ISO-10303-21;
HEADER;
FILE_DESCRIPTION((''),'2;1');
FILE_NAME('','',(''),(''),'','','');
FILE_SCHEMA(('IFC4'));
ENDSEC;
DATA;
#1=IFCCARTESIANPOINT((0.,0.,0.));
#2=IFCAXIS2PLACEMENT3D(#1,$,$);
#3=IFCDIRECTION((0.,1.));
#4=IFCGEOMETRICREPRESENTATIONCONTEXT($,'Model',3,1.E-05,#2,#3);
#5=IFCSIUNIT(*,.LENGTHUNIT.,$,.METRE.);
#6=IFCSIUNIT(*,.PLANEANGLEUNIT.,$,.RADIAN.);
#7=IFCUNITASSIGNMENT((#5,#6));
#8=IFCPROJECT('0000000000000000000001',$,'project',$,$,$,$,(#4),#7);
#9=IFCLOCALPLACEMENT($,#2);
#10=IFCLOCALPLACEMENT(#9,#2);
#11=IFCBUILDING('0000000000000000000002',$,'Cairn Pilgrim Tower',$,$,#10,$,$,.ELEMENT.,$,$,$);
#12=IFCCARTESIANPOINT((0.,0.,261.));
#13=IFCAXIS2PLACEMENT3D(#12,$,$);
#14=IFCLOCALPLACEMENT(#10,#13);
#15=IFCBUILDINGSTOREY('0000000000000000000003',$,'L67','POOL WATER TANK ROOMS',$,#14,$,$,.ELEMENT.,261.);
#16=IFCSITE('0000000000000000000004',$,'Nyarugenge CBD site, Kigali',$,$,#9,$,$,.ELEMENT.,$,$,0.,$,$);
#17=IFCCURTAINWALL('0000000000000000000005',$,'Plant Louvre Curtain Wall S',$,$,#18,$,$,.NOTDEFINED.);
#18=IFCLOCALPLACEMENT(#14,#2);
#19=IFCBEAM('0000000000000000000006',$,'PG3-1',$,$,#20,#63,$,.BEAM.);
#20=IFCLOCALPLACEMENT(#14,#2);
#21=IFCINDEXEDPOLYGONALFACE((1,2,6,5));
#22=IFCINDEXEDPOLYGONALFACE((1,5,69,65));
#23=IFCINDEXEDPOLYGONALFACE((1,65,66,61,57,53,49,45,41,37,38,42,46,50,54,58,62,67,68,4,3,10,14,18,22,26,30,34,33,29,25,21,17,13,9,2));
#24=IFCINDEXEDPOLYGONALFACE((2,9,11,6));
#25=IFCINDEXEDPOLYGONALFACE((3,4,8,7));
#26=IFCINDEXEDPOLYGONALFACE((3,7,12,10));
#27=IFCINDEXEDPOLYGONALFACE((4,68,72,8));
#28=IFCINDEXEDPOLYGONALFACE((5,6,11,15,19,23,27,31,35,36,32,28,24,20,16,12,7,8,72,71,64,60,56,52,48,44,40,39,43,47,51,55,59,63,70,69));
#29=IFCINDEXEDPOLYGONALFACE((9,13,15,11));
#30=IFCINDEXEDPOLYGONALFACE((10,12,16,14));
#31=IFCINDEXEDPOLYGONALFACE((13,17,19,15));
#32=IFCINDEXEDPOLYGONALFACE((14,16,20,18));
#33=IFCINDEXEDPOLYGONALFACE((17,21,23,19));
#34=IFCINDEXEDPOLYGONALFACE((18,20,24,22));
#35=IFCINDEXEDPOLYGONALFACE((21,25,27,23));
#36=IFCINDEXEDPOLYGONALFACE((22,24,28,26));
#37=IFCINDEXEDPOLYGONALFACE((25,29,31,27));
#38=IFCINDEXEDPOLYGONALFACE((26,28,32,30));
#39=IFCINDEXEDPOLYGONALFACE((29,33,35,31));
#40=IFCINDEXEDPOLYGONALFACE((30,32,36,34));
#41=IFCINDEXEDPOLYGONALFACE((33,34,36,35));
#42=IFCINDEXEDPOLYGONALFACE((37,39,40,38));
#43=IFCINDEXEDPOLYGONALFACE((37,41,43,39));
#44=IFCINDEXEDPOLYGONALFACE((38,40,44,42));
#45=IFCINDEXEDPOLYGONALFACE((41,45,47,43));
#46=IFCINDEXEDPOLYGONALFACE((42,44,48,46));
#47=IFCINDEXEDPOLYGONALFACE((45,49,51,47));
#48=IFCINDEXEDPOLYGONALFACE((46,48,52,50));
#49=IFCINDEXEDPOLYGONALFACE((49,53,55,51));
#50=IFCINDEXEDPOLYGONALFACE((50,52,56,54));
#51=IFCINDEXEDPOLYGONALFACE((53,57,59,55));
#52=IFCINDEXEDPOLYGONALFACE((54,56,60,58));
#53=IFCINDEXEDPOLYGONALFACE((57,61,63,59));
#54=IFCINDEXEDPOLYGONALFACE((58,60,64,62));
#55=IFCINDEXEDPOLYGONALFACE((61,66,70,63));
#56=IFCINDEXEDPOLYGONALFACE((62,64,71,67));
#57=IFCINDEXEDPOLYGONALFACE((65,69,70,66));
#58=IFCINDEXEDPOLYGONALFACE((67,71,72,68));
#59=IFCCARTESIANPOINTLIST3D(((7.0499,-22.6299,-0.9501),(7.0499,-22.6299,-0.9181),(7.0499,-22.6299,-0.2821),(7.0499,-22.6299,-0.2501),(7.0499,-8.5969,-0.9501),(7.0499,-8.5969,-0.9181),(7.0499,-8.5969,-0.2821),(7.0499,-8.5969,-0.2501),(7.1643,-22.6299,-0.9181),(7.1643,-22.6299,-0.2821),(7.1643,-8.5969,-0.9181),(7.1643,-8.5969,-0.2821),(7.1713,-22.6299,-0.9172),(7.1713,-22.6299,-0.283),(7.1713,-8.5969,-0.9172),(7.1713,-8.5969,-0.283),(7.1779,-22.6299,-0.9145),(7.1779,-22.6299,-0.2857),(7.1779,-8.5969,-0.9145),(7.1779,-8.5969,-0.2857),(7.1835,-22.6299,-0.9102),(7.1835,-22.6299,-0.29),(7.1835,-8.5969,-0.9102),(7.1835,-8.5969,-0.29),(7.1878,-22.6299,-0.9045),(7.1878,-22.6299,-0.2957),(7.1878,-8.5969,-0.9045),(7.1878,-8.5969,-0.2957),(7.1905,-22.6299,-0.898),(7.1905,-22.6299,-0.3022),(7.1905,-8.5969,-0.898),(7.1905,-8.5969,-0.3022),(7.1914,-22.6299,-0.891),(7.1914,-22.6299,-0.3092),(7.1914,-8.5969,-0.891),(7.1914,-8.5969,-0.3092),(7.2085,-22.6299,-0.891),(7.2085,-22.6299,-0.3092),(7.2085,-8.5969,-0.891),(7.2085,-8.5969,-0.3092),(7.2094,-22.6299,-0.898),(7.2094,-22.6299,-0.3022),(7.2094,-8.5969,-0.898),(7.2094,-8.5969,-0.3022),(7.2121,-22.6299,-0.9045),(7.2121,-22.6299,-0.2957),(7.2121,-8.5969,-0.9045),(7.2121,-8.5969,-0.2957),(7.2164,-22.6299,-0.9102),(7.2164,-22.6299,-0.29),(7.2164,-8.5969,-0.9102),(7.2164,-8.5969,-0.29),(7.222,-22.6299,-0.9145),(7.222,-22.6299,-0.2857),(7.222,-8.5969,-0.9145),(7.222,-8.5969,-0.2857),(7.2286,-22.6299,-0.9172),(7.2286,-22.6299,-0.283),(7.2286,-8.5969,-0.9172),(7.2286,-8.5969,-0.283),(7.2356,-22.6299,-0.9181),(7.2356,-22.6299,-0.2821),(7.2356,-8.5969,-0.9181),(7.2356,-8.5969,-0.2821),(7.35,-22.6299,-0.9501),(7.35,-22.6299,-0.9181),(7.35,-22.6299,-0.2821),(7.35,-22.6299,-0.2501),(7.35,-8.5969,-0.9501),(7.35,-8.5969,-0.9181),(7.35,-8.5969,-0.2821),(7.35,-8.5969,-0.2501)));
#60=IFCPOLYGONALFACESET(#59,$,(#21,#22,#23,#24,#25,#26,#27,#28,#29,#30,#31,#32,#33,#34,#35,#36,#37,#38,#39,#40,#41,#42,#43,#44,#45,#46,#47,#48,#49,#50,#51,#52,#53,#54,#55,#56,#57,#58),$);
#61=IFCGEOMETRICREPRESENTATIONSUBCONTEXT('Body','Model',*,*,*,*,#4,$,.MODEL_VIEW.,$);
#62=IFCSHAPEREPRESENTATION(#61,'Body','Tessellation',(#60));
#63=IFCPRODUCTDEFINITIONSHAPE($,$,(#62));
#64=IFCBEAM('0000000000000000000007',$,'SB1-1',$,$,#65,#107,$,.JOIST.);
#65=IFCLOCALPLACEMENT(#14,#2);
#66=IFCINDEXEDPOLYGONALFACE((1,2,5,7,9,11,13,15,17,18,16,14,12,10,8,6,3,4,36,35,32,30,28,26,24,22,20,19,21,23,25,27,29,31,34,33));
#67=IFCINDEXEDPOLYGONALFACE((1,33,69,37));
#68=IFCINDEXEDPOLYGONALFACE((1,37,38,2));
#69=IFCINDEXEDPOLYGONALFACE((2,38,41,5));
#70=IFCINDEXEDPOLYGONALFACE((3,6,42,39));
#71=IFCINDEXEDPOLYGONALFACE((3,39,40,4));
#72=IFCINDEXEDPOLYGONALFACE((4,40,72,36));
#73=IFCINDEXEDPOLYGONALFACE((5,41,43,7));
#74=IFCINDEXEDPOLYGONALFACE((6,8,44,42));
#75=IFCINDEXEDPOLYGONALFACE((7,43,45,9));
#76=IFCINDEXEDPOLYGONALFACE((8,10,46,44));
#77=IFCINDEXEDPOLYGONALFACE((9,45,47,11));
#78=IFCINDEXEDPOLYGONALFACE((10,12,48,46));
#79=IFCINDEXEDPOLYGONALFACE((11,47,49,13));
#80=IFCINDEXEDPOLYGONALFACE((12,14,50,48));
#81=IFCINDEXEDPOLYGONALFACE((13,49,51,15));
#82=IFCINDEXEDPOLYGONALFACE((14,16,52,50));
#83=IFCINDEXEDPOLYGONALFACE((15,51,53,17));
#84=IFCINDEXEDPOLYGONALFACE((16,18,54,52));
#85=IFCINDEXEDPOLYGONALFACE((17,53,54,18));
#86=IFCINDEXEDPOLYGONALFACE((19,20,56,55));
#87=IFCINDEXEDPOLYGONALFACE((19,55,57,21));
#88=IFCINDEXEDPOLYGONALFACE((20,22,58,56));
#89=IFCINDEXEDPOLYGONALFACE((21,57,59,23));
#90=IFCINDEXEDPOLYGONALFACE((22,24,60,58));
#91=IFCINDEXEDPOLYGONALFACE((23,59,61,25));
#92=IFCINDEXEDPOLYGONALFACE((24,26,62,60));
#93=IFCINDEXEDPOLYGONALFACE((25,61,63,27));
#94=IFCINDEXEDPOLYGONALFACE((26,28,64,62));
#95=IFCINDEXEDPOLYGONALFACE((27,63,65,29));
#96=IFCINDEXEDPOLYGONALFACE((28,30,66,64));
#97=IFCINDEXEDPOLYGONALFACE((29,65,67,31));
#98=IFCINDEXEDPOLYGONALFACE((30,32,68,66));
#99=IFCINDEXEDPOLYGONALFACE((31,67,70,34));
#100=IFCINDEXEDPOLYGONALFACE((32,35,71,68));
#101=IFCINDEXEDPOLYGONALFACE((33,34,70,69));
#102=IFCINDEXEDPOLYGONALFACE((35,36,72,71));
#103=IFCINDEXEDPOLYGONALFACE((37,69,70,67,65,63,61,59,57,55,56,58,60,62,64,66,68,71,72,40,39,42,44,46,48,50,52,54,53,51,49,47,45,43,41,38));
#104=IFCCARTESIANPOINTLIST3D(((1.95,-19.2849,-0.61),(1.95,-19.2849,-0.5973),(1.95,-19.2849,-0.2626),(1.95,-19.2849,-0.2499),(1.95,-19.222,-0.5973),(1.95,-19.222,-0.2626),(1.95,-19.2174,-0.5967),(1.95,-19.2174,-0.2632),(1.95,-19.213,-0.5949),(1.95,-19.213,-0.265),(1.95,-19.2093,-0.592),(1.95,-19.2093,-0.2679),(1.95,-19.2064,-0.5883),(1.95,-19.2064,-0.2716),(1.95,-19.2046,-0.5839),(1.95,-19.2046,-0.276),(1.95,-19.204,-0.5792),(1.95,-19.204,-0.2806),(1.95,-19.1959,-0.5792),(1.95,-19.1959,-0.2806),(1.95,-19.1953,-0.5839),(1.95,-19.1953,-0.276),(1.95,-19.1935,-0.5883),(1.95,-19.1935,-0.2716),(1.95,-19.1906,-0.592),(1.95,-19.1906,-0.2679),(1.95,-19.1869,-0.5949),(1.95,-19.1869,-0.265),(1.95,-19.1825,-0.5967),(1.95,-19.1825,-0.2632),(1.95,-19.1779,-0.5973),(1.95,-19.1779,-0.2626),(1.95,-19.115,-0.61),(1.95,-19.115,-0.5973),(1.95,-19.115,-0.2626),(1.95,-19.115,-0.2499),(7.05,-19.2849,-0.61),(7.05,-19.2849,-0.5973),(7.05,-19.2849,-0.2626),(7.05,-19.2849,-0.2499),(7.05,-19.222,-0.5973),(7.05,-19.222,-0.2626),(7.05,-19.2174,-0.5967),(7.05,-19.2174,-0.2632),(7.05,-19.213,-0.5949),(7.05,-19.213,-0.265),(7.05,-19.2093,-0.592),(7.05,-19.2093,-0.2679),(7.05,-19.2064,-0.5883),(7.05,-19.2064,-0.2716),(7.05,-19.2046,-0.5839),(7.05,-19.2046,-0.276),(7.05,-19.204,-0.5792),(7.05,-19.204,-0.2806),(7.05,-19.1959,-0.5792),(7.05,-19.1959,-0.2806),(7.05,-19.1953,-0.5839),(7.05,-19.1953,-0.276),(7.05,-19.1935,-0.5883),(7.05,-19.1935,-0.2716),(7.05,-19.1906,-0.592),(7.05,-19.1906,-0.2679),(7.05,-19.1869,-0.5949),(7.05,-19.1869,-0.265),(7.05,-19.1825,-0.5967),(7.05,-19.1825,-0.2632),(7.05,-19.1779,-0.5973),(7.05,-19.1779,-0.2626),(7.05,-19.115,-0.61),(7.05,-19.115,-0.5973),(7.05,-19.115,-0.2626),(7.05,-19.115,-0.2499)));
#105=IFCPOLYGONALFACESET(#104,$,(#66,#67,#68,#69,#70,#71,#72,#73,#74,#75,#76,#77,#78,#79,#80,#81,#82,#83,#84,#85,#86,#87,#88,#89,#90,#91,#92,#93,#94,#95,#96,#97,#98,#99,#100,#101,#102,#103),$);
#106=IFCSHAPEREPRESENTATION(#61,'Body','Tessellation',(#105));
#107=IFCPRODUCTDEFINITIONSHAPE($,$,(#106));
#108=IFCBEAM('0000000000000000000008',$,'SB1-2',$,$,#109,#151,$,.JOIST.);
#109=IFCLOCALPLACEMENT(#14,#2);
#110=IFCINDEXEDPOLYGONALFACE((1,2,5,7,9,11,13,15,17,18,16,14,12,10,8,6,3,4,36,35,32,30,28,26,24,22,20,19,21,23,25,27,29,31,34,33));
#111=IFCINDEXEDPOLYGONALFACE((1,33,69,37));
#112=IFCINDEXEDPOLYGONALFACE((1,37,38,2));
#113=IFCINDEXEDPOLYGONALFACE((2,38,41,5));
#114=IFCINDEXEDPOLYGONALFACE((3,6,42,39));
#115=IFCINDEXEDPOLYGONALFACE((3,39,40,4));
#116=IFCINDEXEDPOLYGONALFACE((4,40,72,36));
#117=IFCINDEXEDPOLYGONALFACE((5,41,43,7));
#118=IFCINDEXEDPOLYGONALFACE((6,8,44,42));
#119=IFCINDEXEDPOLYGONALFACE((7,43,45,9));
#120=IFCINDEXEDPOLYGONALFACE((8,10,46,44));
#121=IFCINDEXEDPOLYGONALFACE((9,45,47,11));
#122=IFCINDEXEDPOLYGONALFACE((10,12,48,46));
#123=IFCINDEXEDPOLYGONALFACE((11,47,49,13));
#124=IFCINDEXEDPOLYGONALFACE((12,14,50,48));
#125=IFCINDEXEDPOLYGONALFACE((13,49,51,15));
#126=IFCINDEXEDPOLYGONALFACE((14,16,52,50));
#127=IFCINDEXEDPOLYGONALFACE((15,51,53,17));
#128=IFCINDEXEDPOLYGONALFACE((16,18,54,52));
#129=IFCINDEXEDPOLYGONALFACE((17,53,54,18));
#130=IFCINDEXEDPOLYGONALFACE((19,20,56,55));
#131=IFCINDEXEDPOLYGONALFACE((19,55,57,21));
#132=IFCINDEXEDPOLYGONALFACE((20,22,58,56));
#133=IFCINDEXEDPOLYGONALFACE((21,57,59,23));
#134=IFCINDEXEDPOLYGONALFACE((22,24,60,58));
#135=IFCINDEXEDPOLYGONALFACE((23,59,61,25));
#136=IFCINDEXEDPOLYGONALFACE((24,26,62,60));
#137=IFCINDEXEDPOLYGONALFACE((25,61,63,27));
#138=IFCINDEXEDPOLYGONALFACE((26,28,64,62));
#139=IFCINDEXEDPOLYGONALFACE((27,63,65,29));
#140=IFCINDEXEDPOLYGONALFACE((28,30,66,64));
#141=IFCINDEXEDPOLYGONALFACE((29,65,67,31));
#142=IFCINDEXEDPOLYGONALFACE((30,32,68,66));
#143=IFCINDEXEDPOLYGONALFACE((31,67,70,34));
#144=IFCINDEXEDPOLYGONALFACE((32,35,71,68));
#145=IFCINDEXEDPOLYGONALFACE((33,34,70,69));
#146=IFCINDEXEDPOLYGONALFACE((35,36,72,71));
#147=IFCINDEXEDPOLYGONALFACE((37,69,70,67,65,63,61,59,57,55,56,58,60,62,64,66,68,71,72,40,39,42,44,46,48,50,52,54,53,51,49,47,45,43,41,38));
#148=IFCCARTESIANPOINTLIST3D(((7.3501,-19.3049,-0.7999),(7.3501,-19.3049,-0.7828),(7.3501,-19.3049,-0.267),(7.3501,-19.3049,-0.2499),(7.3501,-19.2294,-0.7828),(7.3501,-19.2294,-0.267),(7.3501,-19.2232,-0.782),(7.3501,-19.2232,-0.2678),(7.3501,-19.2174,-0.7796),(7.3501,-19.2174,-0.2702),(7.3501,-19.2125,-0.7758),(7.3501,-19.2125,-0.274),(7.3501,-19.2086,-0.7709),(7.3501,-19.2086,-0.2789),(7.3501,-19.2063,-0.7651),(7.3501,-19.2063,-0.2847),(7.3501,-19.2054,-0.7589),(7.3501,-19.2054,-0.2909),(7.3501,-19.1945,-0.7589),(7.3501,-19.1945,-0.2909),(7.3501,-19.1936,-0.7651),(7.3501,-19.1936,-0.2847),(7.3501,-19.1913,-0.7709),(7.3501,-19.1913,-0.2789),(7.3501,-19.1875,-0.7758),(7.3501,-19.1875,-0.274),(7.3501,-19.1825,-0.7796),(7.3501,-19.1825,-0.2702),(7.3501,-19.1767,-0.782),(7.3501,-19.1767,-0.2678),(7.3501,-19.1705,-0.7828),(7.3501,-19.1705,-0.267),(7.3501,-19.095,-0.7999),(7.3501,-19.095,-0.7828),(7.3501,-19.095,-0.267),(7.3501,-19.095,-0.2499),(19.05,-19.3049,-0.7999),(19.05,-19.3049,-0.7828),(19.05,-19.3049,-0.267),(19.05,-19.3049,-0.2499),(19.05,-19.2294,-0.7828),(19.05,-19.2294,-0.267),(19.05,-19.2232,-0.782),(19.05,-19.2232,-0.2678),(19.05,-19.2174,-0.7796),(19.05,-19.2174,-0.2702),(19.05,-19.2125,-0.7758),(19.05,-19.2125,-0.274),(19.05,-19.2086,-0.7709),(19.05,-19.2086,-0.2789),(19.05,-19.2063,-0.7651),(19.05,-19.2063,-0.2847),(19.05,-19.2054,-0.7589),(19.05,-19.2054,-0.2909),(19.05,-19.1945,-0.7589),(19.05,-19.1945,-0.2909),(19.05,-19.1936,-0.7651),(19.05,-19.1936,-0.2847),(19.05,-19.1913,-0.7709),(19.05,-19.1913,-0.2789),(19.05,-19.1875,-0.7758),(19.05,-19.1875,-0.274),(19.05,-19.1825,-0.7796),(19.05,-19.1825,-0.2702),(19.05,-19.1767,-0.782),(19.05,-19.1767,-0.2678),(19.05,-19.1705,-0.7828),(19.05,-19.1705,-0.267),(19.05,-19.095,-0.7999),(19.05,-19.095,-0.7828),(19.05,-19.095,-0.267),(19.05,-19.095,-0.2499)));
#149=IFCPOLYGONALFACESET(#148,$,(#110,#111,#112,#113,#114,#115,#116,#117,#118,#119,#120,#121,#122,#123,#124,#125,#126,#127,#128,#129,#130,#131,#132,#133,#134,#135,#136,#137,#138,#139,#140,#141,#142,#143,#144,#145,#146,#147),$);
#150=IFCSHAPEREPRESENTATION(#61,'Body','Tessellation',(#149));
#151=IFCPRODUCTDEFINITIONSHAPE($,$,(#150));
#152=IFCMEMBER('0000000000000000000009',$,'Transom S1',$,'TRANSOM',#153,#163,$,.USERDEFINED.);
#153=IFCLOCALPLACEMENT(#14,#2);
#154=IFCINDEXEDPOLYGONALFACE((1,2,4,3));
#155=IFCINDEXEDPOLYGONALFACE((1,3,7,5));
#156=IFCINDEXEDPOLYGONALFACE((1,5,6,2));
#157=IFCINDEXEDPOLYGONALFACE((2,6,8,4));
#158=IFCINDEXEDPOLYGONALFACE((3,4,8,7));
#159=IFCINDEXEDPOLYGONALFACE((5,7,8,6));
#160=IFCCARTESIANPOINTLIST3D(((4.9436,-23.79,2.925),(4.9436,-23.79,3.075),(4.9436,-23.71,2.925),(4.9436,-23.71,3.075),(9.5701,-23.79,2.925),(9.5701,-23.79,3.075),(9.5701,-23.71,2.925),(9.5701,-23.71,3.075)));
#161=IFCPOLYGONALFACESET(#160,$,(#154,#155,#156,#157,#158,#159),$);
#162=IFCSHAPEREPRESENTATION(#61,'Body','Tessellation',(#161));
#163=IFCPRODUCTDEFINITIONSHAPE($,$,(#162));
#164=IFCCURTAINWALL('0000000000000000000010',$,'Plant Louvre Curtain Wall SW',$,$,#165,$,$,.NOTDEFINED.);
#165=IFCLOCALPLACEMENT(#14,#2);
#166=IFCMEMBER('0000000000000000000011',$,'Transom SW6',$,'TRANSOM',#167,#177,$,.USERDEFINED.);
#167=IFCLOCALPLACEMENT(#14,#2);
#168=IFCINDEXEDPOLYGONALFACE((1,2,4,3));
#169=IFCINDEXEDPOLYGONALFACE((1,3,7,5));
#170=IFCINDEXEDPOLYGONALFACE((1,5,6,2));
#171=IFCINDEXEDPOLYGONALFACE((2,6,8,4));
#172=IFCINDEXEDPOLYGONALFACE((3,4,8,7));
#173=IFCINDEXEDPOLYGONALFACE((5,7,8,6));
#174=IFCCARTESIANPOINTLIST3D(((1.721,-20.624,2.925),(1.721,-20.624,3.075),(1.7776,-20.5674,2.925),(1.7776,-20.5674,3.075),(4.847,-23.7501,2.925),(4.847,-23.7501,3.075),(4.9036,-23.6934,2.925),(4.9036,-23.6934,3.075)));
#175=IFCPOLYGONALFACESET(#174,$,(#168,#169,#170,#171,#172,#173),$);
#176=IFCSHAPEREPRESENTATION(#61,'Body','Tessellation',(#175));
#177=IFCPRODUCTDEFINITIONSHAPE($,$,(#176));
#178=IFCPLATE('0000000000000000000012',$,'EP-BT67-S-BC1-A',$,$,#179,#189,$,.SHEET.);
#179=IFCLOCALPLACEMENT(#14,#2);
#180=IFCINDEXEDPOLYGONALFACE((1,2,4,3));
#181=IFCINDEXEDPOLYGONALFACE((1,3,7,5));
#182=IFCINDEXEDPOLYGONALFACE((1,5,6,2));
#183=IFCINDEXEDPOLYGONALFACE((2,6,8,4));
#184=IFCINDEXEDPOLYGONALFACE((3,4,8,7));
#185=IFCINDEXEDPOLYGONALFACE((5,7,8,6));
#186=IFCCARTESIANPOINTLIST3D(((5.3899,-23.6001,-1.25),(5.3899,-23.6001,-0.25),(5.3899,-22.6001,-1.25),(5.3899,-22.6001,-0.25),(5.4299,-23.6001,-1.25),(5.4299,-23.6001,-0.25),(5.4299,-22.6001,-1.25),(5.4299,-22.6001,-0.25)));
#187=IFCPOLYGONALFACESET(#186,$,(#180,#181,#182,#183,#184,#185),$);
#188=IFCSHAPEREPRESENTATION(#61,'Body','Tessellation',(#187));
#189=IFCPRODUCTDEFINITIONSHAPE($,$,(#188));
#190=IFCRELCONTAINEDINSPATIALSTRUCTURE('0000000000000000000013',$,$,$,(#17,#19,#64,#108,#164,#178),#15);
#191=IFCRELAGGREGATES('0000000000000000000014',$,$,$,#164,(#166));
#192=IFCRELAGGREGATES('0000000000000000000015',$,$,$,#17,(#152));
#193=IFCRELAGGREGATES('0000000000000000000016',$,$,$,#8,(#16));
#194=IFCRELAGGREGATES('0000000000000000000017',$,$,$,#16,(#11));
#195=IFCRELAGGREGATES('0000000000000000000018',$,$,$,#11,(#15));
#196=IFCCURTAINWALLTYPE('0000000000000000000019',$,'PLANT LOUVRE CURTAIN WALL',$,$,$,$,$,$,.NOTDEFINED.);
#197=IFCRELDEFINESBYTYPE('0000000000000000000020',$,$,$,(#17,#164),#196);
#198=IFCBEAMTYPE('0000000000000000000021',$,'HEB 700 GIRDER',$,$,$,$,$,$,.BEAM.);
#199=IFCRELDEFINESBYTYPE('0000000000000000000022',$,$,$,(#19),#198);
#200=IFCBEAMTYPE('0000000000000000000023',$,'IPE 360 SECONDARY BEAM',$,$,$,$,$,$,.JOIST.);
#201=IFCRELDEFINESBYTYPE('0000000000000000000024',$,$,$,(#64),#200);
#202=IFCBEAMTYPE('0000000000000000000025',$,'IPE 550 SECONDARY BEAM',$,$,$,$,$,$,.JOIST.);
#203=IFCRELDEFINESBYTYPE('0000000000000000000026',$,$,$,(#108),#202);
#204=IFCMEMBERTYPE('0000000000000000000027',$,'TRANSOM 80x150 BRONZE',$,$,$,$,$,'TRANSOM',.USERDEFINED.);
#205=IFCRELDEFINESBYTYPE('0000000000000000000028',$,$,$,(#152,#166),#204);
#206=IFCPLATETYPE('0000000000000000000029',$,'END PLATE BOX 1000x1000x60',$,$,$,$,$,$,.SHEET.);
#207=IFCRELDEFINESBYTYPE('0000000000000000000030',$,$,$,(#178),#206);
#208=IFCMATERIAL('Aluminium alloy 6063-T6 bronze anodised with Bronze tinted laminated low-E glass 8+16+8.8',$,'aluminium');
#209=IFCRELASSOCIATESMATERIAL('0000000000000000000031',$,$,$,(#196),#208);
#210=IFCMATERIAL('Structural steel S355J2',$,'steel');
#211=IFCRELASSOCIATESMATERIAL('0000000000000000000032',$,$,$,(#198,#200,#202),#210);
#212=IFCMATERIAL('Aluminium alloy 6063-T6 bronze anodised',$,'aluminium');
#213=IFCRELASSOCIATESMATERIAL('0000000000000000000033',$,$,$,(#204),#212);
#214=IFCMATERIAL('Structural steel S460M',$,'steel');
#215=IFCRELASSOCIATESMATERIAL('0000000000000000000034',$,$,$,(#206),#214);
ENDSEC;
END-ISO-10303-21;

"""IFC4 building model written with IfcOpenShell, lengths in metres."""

from ifc_helpers import new_model, si_unit, direction, frame, origin, origin_2d, place, context, subcontext, project, spatial, rectangle, i_section, extrude, material, material_profile, profile_set, type_object, element, aggregate, save


model = new_model("IFC4")

# Units and contexts
model_context = context("Model", 3, precision=1e-05, world=origin(), true_north=direction((0.0, 1.0)))
body_context = subcontext(model_context, "Body", "Model", "MODEL_VIEW")
ifc_project = project(units=[si_unit("LENGTHUNIT", "METRE"), si_unit("PLANEANGLEUNIT", "RADIAN")], contexts=[model_context])

# Site, building, storey
site_placement = place(None, origin())
site = spatial("IfcSite", under=ifc_project, at=site_placement, Name="Nyarugenge CBD site, Kigali", CompositionType="ELEMENT", RefElevation=0.0)
building_placement = place(site_placement, origin())
building = spatial("IfcBuilding", under=site, at=building_placement, Name="Cairn Pilgrim Tower", CompositionType="ELEMENT")
storey_placement = place(building_placement, frame((0.0, 0.0, 261.0)))
storey = spatial("IfcBuildingStorey", under=building, at=storey_placement, Name="L67", Description="POOL WATER TANK ROOMS", CompositionType="ELEMENT", Elevation=261.0)

# Shared definitions
ifc_material_1 = material(Name="Structural steel S460M", Category="steel")
ifc_material_2 = material(Name="Structural steel S355J2", Category="steel")

# Curtain wall
ifc_material_3 = material(Name="Aluminium alloy 6063-T6 bronze anodised with Bronze tinted laminated low-E glass 8+16+8.8", Category="aluminium")
curtain_wall_type = type_object("IfcCurtainWallType", Name="PLANT LOUVRE CURTAIN WALL", PredefinedType="NOTDEFINED", material=ifc_material_3)
curtain_wall_1_placement = place(storey_placement, origin())
curtain_wall_1 = element("IfcCurtainWall", 1, at=curtain_wall_1_placement, inside=storey, type_object=curtain_wall_type, Name="Plant Louvre Curtain Wall S", PredefinedType="NOTDEFINED")
ifc_material_4 = material(Name="Aluminium alloy 6063-T6 bronze anodised", Category="aluminium")

# Beams
ifc_material_profile_1 = material_profile(ifc_material_2, i_section(OverallWidth=0.3, OverallDepth=0.7, WebThickness=0.0171, FlangeThickness=0.032, FilletRadius=0.0271, at=origin_2d()), Name="HEB 700")
ifc_profile_set_1 = profile_set([ifc_material_profile_1], Name="Structural steel S355J2")
beam_type_1 = type_object("IfcBeamType", Name="HEB 700 GIRDER", PredefinedType="BEAM", material=ifc_profile_set_1)
beam_1_placement = place(storey_placement, frame((7.2, -22.6299, -0.6001), z_axis=(0.0, 1.0, 0.0), x_axis=(-1.0, 0.0, 0.0)))
element("IfcBeam", 2, at=beam_1_placement, inside=storey, type_object=beam_type_1, Name="PG3-1", PredefinedType="BEAM", context=body_context, shape_type="SweptSolid", body=[
    extrude(i_section(OverallWidth=0.3, OverallDepth=0.7, WebThickness=0.0171, FlangeThickness=0.032, FilletRadius=0.0271, at=origin_2d()), origin(), (0.0, 0.0, 1.0), 14.033),
])
ifc_material_profile_2 = material_profile(ifc_material_2, i_section(OverallWidth=0.1699, OverallDepth=0.3601, WebThickness=0.0081, FlangeThickness=0.0127, FilletRadius=0.0181, at=origin_2d()), Name="IPE 360")
ifc_profile_set_2 = profile_set([ifc_material_profile_2], Name="Structural steel S355J2")
beam_type_2 = type_object("IfcBeamType", Name="IPE 360 SECONDARY BEAM", PredefinedType="JOIST", material=ifc_profile_set_2)
beam_2_placement = place(storey_placement, frame((1.95, -19.2, -0.4299), z_axis=(1.0, 0.0, 0.0), x_axis=(0.0, 1.0, 0.0)))
element("IfcBeam", 3, at=beam_2_placement, inside=storey, type_object=beam_type_2, Name="SB1-1", PredefinedType="JOIST", context=body_context, shape_type="SweptSolid", body=[
    extrude(i_section(OverallWidth=0.1699, OverallDepth=0.3601, WebThickness=0.0081, FlangeThickness=0.0127, FilletRadius=0.0181, at=origin_2d()), origin(), (0.0, 0.0, 1.0), 5.1001),
])
ifc_material_profile_3 = material_profile(ifc_material_2, i_section(OverallWidth=0.21, OverallDepth=0.55, WebThickness=0.011, FlangeThickness=0.0171, FilletRadius=0.0239, at=origin_2d()), Name="IPE 550")
ifc_profile_set_3 = profile_set([ifc_material_profile_3], Name="Structural steel S355J2")
beam_type_3 = type_object("IfcBeamType", Name="IPE 550 SECONDARY BEAM", PredefinedType="JOIST", material=ifc_profile_set_3)
beam_3_placement = place(storey_placement, frame((7.3501, -19.2, -0.5249), z_axis=(1.0, 0.0, 0.0), x_axis=(0.0, 1.0, 0.0)))
element("IfcBeam", 4, at=beam_3_placement, inside=storey, type_object=beam_type_3, Name="SB1-2", PredefinedType="JOIST", context=body_context, shape_type="SweptSolid", body=[
    extrude(i_section(OverallWidth=0.21, OverallDepth=0.55, WebThickness=0.011, FlangeThickness=0.0171, FilletRadius=0.0239, at=origin_2d()), origin(), (0.0, 0.0, 1.0), 11.7),
])

# Member
ifc_material_profile_4 = material_profile(ifc_material_4, rectangle(XDim=0.0801, YDim=0.1499, at=origin_2d()), Name="TRANSOM 80x150 BRONZE")
ifc_profile_set_4 = profile_set([ifc_material_profile_4], Name="Aluminium alloy 6063-T6 bronze anodised")
member_type_1 = type_object("IfcMemberType", Name="TRANSOM 80x150 BRONZE", ElementType="TRANSOM", PredefinedType="USERDEFINED", material=ifc_profile_set_4)
member_1_placement = place(storey_placement, frame((4.9436, -23.75, 3.0), z_axis=(1.0, 0.0, 0.0), x_axis=(0.0, 1.0, 0.0)))
member_1 = element("IfcMember", 5, at=member_1_placement, type_object=member_type_1, Name="Transom S1", ObjectType="TRANSOM", PredefinedType="USERDEFINED", context=body_context, shape_type="SweptSolid", body=[
    extrude(rectangle(XDim=0.0801, YDim=0.1499, at=origin_2d()), origin(), (0.0, 0.0, 1.0), 4.6265),
])

# Curtain wall, member
curtain_wall_2_placement = place(storey_placement, origin())
curtain_wall_2 = element("IfcCurtainWall", 6, at=curtain_wall_2_placement, inside=storey, type_object=curtain_wall_type, Name="Plant Louvre Curtain Wall SW", PredefinedType="NOTDEFINED")
member_2_placement = place(storey_placement, frame((1.7493, -20.5957, 3.0), z_axis=(0.707107, -0.707107, 0.0), x_axis=(0.707107, 0.707107, 0.0)))
member_2 = element("IfcMember", 7, at=member_2_placement, type_object=member_type_1, Name="Transom SW6", ObjectType="TRANSOM", PredefinedType="USERDEFINED", context=body_context, shape_type="SweptSolid", body=[
    extrude(rectangle(XDim=0.0801, YDim=0.1499, at=origin_2d()), origin(), (0.0, 0.0, 1.0), 4.4209),
])

# Plate
ifc_material_profile_5 = material_profile(ifc_material_1, rectangle(XDim=1.0, YDim=1.0, at=origin_2d()), Name="END PLATE BOX 1000x1000x60")
ifc_profile_set_5 = profile_set([ifc_material_profile_5], Name="Structural steel S460M")
plate_type_1 = type_object("IfcPlateType", Name="END PLATE BOX 1000x1000x60", PredefinedType="SHEET", material=ifc_profile_set_5)
for number, where, z_axis, x_axis, name in (
    (8, (5.4299, -23.1001, -0.75), (-1.0, 0.0, 0.0), (0.0, -1.0, 0.0), "EP-BT67-S-BC1-A"),
):
    element("IfcPlate", number, at=place(storey_placement, frame(where, z_axis=z_axis, x_axis=x_axis)), inside=storey, type_object=plate_type_1, Name=name, PredefinedType="SHEET", context=body_context, shape_type="SweptSolid", body=[
        extrude(rectangle(XDim=1.0, YDim=1.0, at=origin_2d()), origin(), (0.0, 0.0, 1.0), 0.04),
    ])

aggregate(curtain_wall_2, [member_2])
aggregate(curtain_wall_1, [member_1])

save(model, "model.ifc")
